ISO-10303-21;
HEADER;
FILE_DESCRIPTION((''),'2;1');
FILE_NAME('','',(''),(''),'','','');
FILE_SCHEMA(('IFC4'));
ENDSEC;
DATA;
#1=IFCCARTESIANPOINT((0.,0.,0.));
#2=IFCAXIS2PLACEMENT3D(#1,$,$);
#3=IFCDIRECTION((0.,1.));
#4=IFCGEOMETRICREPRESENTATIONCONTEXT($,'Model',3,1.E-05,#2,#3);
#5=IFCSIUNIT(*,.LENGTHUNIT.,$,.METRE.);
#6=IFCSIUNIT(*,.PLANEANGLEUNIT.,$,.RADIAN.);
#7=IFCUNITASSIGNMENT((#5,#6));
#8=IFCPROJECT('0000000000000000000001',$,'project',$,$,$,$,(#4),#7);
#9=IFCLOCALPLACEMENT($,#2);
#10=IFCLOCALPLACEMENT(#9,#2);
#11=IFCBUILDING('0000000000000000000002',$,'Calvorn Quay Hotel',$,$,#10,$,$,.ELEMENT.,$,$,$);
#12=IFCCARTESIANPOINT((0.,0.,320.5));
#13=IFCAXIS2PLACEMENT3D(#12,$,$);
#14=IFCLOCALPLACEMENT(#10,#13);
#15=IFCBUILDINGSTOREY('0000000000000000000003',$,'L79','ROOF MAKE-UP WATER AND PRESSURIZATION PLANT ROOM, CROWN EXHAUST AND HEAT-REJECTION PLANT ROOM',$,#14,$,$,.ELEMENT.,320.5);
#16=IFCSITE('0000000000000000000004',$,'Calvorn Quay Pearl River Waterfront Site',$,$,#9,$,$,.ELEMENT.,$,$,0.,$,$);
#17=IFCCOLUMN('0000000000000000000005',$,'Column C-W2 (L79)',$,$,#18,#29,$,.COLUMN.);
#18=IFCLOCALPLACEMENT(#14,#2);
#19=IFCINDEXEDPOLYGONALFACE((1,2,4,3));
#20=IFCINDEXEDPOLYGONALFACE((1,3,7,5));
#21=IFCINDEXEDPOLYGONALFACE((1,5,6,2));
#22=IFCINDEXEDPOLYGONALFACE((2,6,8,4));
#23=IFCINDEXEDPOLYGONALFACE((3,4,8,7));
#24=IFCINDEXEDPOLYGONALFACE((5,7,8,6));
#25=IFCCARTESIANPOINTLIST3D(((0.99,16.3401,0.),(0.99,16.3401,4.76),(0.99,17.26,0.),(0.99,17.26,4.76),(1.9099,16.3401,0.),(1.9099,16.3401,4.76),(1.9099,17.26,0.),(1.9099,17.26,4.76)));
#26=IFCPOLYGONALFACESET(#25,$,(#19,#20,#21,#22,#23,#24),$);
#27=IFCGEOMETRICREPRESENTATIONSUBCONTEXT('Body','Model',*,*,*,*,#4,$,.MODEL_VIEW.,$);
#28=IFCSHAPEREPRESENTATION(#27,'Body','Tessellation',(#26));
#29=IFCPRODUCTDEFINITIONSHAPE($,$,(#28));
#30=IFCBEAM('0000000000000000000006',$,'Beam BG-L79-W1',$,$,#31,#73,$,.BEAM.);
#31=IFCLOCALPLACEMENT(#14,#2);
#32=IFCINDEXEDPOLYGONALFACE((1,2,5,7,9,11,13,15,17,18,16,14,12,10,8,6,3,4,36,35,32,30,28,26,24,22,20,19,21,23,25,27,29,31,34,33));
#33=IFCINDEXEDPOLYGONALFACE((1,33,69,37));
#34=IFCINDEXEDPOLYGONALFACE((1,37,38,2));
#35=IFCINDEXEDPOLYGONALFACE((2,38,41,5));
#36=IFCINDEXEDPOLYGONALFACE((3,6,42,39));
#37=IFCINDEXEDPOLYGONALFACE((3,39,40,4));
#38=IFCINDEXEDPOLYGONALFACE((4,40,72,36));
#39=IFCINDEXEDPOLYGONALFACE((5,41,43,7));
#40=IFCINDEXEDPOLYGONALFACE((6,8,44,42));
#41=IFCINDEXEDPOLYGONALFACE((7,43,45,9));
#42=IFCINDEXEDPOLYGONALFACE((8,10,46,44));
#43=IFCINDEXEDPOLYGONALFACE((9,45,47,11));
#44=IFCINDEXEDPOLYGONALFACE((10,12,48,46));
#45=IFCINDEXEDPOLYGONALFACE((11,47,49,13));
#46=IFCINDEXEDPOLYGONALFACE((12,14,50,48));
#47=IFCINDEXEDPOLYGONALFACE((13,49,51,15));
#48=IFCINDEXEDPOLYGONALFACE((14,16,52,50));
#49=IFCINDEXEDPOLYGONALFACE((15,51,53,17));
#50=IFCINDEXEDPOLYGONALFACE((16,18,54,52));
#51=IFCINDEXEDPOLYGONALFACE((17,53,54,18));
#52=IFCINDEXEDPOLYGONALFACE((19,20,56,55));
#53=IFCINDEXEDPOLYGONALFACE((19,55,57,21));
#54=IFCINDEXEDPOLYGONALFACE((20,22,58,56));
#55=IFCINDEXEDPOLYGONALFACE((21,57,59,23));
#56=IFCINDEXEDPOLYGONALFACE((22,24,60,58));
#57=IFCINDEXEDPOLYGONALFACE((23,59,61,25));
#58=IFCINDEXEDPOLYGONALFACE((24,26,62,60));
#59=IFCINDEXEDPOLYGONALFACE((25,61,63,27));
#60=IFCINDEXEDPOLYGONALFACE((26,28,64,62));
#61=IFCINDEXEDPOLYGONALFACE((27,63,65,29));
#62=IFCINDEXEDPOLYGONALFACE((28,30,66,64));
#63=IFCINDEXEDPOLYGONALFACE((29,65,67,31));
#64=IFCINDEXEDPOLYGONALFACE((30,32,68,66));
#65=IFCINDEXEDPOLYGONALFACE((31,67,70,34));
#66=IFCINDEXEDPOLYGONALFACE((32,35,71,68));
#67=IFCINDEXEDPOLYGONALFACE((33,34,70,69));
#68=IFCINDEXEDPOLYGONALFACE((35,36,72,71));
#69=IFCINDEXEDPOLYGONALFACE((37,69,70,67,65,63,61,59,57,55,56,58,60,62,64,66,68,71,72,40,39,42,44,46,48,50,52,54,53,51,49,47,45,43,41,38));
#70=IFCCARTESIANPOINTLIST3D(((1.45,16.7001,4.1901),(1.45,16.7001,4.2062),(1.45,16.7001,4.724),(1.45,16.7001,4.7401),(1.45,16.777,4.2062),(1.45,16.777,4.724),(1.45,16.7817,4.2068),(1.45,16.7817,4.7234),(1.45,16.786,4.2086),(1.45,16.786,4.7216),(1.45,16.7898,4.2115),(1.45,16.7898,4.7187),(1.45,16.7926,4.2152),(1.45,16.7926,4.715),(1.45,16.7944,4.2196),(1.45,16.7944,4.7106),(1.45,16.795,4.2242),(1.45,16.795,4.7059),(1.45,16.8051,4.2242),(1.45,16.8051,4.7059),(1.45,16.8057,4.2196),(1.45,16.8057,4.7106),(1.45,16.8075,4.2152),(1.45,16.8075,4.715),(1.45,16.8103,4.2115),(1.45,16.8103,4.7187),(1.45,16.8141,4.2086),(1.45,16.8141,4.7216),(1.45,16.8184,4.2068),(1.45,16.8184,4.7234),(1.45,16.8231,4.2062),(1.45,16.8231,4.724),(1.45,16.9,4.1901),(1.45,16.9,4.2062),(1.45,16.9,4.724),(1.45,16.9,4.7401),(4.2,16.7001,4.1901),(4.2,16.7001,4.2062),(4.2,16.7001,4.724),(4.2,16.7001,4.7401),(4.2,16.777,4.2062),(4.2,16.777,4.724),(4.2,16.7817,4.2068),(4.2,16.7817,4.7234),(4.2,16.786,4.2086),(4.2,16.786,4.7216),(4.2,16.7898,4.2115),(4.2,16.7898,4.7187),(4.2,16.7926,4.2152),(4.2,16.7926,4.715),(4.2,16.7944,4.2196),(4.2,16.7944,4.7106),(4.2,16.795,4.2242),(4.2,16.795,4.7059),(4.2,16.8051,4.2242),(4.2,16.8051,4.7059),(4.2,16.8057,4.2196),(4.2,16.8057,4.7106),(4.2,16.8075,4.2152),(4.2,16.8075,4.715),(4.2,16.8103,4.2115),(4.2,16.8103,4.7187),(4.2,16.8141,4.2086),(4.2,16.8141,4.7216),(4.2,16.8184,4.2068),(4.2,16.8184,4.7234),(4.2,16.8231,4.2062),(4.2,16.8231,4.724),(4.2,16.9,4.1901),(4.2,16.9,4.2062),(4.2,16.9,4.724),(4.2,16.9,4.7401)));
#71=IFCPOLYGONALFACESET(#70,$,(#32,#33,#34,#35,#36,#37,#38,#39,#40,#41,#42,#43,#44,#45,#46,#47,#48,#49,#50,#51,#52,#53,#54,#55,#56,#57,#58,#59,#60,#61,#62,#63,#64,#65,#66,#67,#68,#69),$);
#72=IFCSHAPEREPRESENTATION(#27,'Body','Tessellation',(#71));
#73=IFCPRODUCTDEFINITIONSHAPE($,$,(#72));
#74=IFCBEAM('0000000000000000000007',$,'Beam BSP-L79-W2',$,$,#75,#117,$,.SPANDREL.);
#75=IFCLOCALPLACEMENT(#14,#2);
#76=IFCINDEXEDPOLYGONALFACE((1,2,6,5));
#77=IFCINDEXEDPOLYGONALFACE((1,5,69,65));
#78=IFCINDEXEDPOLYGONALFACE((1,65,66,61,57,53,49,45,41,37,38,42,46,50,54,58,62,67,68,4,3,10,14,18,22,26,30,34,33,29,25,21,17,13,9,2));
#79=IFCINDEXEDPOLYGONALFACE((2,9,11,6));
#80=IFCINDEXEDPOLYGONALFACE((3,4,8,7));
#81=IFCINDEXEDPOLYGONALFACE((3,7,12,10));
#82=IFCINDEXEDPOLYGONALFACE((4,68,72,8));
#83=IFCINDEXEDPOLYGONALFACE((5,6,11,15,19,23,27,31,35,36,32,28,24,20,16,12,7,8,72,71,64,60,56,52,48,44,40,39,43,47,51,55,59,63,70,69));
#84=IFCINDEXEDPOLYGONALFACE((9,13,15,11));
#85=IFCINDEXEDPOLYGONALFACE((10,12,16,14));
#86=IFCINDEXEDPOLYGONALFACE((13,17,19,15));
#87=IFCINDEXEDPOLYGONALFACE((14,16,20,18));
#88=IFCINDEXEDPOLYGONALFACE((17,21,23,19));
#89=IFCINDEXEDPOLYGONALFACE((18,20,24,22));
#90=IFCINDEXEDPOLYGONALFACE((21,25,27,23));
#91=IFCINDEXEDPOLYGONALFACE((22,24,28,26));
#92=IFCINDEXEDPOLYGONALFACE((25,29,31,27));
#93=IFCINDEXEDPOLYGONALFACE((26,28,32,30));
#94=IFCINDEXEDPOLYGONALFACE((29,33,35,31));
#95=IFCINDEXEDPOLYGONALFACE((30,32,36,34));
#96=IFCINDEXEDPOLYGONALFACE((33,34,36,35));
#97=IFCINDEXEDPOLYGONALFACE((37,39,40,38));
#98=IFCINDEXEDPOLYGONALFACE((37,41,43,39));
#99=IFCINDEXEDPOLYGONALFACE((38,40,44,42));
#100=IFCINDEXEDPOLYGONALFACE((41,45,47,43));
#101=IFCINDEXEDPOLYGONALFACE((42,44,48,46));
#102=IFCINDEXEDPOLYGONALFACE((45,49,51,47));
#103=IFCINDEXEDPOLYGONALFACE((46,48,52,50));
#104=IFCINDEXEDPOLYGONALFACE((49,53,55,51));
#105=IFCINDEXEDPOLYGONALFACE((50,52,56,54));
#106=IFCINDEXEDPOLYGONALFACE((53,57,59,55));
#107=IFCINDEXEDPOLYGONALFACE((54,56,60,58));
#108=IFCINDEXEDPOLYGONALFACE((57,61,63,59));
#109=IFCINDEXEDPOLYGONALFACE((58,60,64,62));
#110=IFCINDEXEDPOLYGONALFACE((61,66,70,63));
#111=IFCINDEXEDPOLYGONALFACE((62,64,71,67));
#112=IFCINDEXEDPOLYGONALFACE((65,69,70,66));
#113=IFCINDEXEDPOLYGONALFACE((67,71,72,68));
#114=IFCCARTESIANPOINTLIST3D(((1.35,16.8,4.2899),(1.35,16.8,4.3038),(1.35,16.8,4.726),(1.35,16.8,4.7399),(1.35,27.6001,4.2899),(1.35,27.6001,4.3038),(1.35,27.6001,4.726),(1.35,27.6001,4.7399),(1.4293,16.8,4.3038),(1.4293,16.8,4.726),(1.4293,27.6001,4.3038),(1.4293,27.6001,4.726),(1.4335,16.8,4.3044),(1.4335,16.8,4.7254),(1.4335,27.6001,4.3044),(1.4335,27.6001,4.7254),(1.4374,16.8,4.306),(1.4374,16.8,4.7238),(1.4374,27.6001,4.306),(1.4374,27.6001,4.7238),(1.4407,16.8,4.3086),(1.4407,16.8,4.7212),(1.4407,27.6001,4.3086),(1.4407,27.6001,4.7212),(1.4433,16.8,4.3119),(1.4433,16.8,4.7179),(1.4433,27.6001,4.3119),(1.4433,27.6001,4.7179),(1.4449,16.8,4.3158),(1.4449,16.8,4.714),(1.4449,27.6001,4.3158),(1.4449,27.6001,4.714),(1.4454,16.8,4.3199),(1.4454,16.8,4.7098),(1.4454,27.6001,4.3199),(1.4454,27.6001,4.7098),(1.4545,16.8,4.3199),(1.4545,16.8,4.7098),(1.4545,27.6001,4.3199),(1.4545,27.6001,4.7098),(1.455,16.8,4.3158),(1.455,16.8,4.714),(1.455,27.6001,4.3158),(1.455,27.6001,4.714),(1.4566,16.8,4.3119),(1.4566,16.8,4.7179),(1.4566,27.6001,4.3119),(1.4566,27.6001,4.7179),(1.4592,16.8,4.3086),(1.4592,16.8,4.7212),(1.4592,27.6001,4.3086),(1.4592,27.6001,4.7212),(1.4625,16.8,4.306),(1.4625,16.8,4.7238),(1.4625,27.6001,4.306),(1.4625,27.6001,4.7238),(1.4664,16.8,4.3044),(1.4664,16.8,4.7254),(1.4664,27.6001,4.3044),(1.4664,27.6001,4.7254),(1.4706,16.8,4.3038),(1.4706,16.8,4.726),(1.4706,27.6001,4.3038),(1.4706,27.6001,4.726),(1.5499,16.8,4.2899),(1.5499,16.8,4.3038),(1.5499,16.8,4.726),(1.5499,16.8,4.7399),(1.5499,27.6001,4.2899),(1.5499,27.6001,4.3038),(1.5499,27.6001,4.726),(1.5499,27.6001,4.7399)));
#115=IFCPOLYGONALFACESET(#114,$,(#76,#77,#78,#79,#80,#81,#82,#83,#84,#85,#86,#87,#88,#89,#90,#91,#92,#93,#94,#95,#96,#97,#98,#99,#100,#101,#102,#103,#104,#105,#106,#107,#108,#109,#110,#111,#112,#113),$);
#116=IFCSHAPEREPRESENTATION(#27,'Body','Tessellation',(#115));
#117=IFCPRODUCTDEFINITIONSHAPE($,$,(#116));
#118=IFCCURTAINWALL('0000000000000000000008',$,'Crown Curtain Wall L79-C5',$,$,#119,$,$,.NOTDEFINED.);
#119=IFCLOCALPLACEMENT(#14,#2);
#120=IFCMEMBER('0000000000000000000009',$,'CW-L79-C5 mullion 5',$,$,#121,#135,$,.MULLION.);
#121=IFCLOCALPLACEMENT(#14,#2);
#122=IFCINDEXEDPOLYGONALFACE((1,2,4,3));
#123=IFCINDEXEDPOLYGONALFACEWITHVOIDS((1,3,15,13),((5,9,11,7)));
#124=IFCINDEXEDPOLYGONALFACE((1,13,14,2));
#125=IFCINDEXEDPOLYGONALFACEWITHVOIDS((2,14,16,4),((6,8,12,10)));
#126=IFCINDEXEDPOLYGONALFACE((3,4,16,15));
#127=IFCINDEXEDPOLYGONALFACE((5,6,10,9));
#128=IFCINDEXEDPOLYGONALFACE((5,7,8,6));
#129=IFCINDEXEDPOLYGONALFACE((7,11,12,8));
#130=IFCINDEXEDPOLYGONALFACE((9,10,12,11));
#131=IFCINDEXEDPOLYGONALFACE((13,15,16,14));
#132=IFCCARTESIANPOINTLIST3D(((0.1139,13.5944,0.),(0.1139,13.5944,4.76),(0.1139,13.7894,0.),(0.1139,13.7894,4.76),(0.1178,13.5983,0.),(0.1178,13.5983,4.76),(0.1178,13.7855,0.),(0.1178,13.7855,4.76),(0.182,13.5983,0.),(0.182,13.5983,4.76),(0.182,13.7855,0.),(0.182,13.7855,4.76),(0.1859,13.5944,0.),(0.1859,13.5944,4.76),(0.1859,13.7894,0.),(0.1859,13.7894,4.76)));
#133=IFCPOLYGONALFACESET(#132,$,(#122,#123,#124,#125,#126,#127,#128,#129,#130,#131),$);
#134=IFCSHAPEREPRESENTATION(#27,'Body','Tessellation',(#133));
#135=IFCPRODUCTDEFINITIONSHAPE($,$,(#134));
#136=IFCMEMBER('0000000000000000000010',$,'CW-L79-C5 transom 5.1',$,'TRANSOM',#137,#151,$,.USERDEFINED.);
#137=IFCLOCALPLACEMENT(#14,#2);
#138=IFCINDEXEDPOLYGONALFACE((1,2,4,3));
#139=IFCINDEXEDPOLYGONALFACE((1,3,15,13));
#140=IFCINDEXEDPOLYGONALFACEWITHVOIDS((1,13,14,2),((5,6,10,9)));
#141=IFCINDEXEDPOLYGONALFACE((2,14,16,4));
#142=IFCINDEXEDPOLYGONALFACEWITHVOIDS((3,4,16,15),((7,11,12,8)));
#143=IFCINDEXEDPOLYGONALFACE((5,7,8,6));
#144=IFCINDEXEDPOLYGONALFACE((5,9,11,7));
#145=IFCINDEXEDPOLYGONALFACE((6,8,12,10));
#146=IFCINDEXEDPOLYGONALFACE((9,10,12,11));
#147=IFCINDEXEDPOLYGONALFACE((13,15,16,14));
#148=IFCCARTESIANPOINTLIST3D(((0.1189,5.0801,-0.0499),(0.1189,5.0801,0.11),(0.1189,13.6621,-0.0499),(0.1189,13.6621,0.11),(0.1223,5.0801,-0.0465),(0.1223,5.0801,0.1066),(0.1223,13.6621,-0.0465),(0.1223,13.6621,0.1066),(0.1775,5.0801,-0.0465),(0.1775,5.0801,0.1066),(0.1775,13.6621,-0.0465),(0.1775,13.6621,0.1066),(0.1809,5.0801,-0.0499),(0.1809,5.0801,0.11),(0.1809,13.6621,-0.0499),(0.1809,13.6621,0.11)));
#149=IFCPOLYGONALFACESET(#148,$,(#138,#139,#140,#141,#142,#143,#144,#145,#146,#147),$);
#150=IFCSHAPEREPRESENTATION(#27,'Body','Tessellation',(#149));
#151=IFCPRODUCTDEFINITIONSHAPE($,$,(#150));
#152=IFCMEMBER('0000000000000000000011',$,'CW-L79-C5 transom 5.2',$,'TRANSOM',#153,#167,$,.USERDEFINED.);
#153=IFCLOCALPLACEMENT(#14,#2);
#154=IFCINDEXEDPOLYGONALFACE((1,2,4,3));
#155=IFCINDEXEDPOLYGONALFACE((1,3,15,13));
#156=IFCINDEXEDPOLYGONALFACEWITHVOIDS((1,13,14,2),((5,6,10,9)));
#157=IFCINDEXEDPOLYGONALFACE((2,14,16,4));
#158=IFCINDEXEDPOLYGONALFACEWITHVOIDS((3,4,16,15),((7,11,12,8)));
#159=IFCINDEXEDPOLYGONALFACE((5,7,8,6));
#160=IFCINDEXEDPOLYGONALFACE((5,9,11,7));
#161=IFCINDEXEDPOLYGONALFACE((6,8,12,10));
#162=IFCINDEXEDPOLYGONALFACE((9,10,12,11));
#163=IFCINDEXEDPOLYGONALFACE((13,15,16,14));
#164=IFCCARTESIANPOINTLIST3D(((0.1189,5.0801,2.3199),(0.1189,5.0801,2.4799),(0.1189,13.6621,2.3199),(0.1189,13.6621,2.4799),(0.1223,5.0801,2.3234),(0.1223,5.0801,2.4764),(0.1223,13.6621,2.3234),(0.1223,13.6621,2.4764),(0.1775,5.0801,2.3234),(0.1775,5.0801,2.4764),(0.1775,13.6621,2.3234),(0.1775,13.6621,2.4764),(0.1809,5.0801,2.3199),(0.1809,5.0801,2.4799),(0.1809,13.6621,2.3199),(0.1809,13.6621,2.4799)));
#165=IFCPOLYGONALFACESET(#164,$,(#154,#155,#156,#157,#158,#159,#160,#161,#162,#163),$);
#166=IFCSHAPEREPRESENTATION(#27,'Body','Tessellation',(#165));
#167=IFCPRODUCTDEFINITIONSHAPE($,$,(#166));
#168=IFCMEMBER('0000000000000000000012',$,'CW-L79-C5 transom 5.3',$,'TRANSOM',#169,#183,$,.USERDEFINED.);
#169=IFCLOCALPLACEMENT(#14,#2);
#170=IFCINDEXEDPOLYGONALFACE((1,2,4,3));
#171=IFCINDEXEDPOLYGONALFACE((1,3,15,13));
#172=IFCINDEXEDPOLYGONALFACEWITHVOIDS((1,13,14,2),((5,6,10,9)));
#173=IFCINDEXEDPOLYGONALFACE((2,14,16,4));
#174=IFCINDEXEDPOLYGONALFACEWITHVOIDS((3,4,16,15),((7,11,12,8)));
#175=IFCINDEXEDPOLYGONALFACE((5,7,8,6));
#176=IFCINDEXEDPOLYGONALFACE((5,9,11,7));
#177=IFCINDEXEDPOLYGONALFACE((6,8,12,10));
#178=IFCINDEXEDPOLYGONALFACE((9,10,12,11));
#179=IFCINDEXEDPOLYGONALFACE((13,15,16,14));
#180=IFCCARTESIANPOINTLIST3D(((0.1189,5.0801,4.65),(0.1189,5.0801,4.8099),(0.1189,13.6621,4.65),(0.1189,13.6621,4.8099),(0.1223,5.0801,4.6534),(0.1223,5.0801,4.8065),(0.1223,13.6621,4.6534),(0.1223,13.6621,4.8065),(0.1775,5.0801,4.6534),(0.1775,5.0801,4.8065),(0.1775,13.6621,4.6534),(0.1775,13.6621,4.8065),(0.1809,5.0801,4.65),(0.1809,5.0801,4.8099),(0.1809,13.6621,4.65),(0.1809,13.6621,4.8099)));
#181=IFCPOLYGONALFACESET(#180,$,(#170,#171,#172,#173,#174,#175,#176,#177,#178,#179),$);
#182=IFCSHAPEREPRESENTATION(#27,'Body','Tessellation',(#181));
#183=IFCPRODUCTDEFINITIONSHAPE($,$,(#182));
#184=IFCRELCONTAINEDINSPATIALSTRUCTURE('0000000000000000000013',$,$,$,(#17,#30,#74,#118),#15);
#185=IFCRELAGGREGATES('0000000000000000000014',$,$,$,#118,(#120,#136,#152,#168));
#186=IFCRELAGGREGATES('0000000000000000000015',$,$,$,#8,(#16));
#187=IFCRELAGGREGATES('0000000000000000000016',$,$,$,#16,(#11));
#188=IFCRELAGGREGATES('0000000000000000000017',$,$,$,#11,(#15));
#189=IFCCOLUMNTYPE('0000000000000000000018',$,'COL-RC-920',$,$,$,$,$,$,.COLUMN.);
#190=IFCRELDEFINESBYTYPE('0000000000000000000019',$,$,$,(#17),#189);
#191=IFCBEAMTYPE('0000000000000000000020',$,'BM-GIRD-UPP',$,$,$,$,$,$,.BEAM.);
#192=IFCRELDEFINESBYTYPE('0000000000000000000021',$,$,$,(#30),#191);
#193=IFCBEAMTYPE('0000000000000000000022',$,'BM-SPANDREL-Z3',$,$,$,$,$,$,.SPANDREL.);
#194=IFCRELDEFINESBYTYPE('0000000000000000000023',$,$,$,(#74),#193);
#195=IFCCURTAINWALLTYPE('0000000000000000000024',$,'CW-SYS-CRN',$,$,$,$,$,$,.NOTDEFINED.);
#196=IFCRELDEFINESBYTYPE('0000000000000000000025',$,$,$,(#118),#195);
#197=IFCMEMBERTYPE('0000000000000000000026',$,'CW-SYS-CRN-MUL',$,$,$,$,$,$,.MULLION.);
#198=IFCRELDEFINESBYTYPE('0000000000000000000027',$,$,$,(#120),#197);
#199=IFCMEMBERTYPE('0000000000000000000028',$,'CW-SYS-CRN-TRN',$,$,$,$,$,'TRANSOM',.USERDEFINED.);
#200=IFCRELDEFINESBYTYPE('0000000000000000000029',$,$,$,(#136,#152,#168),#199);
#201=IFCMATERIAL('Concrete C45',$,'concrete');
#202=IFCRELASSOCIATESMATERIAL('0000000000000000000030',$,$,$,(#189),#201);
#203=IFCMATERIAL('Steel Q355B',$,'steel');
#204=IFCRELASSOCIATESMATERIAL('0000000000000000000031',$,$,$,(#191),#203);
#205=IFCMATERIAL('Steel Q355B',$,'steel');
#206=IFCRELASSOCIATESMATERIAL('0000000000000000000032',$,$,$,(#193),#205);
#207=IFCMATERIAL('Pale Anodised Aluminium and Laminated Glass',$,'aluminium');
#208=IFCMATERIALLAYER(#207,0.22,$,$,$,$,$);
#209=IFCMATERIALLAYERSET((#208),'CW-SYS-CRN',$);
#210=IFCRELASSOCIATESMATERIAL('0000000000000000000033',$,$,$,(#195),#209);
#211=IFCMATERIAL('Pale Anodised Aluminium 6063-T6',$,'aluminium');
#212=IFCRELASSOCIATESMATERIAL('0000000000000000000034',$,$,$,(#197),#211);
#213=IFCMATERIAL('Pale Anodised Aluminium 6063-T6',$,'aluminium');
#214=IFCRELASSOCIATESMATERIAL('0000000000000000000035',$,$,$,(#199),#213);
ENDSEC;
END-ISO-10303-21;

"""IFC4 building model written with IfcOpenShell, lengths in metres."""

from ifc_helpers import new_model, si_unit, direction, frame, origin, origin_2d, place, context, subcontext, project, spatial, rectangle, hollow_rectangle, i_section, extrude, material, layer, layer_set, material_profile, profile_set, type_object, element, aggregate, save


model = new_model("IFC4")

# Units and contexts
model_context = context("Model", 3, precision=1e-05, world=origin(), true_north=direction((0.0, 1.0)))
body_context = subcontext(model_context, "Body", "Model", "MODEL_VIEW")
ifc_project = project(units=[si_unit("LENGTHUNIT", "METRE"), si_unit("PLANEANGLEUNIT", "RADIAN")], contexts=[model_context])

# Site, building, storey
site_placement = place(None, origin())
site = spatial("IfcSite", under=ifc_project, at=site_placement, Name="Calvorn Quay Pearl River Waterfront Site", CompositionType="ELEMENT", RefElevation=0.0)
building_placement = place(site_placement, origin())
building = spatial("IfcBuilding", under=site, at=building_placement, Name="Calvorn Quay Hotel", CompositionType="ELEMENT")
storey_placement = place(building_placement, frame((0.0, 0.0, 320.5)))
storey = spatial("IfcBuildingStorey", under=building, at=storey_placement, Name="L79", Description="ROOF MAKE-UP WATER AND PRESSURIZATION PLANT ROOM, CROWN EXHAUST AND HEAT-REJECTION PLANT ROOM", CompositionType="ELEMENT", Elevation=320.5)

# Column
ifc_material_1 = material(Name="Concrete C45", Category="concrete")
ifc_material_profile_1 = material_profile(ifc_material_1, rectangle(XDim=0.9199, YDim=0.9199, at=origin_2d()), Name="RC920x920")
ifc_profile_set_1 = profile_set([ifc_material_profile_1], Name="Concrete C45")
column_type = type_object("IfcColumnType", Name="COL-RC-920", PredefinedType="COLUMN", material=ifc_profile_set_1)
column_placement = place(storey_placement, frame((1.45, 16.8, 0.0), z_axis=(0.0, 0.0, 1.0), x_axis=(1.0, 0.0, 0.0)))
element("IfcColumn", 1, at=column_placement, inside=storey, type_object=column_type, Name="Column C-W2 (L79)", PredefinedType="COLUMN", context=body_context, shape_type="SweptSolid", body=[
    extrude(rectangle(XDim=0.9199, YDim=0.9199, at=origin_2d()), origin(), (0.0, 0.0, 1.0), 4.76),
])

# Beams
ifc_material_2 = material(Name="Steel Q355B", Category="steel")
ifc_material_profile_2 = material_profile(ifc_material_2, i_section(OverallWidth=0.2, OverallDepth=0.55, WebThickness=0.01, FlangeThickness=0.0161, FilletRadius=0.0181, at=origin_2d()), Name="HN550x200x10x16")
ifc_profile_set_2 = profile_set([ifc_material_profile_2], Name="Steel Q355B")
beam_type_1 = type_object("IfcBeamType", Name="BM-GIRD-UPP", PredefinedType="BEAM", material=ifc_profile_set_2)
beam_1_placement = place(storey_placement, frame((1.45, 16.8, 4.4651), z_axis=(1.0, 0.0, 0.0), x_axis=(0.0, 1.0, 0.0)))
element("IfcBeam", 2, at=beam_1_placement, inside=storey, type_object=beam_type_1, Name="Beam BG-L79-W1", PredefinedType="BEAM", context=body_context, shape_type="SweptSolid", body=[
    extrude(i_section(OverallWidth=0.2, OverallDepth=0.55, WebThickness=0.01, FlangeThickness=0.0161, FilletRadius=0.0181, at=origin_2d()), origin(), (0.0, 0.0, 1.0), 2.75),
])
ifc_material_3 = material(Name="Steel Q355B", Category="steel")
ifc_material_profile_3 = material_profile(ifc_material_3, i_section(OverallWidth=0.2, OverallDepth=0.45, WebThickness=0.009, FlangeThickness=0.0139, FilletRadius=0.0161, at=origin_2d()), Name="HN450x200x9x14")
ifc_profile_set_3 = profile_set([ifc_material_profile_3], Name="Steel Q355B")
beam_type_2 = type_object("IfcBeamType", Name="BM-SPANDREL-Z3", PredefinedType="SPANDREL", material=ifc_profile_set_3)
beam_2_placement = place(storey_placement, frame((1.45, 16.8, 4.5149), z_axis=(0.0, 1.0, 0.0), x_axis=(-1.0, 0.0, 0.0)))
element("IfcBeam", 3, at=beam_2_placement, inside=storey, type_object=beam_type_2, Name="Beam BSP-L79-W2", PredefinedType="SPANDREL", context=body_context, shape_type="SweptSolid", body=[
    extrude(i_section(OverallWidth=0.2, OverallDepth=0.45, WebThickness=0.009, FlangeThickness=0.0139, FilletRadius=0.0161, at=origin_2d()), origin(), (0.0, 0.0, 1.0), 10.8),
])

# Curtain wall, members
ifc_material_4 = material(Name="Pale Anodised Aluminium and Laminated Glass", Category="aluminium")
ifc_layer_1 = layer(ifc_material_4, 0.22)
ifc_layer_set_1 = layer_set([ifc_layer_1], Name="CW-SYS-CRN")
curtain_wall_type = type_object("IfcCurtainWallType", Name="CW-SYS-CRN", PredefinedType="NOTDEFINED", material=ifc_layer_set_1)
curtain_wall_placement = place(storey_placement, origin())
curtain_wall = element("IfcCurtainWall", 4, at=curtain_wall_placement, inside=storey, type_object=curtain_wall_type, Name="Crown Curtain Wall L79-C5", PredefinedType="NOTDEFINED")
ifc_material_5 = material(Name="Pale Anodised Aluminium 6063-T6", Category="aluminium")
ifc_material_profile_4 = material_profile(ifc_material_5, hollow_rectangle(XDim=0.072, YDim=0.1951, WallThickness=0.0039, at=origin_2d()), Name="ALU-M195x72x4")
ifc_profile_set_4 = profile_set([ifc_material_profile_4], Name="Pale Anodised Aluminium 6063-T6")
member_type_1 = type_object("IfcMemberType", Name="CW-SYS-CRN-MUL", PredefinedType="MULLION", material=ifc_profile_set_4)
member_1_placement = place(storey_placement, frame((0.1499, 13.6919, 0.0), z_axis=(0.0, 0.0, 1.0), x_axis=(1.0, 0.0, 0.0)))
member_1 = element("IfcMember", 5, at=member_1_placement, type_object=member_type_1, Name="CW-L79-C5 mullion 5", PredefinedType="MULLION", context=body_context, shape_type="SweptSolid", body=[
    extrude(hollow_rectangle(XDim=0.072, YDim=0.1951, WallThickness=0.0039, at=origin_2d()), origin(), (0.0, 0.0, 1.0), 4.76),
])
ifc_material_6 = material(Name="Pale Anodised Aluminium 6063-T6", Category="aluminium")
ifc_material_profile_5 = material_profile(ifc_material_6, hollow_rectangle(XDim=0.062, YDim=0.1599, WallThickness=0.0034, at=origin_2d()), Name="ALU-T160x62x3.5")
ifc_profile_set_5 = profile_set([ifc_material_profile_5], Name="Pale Anodised Aluminium 6063-T6")
member_type_2 = type_object("IfcMemberType", Name="CW-SYS-CRN-TRN", ElementType="TRANSOM", PredefinedType="USERDEFINED", material=ifc_profile_set_5)
member_2_placement = place(storey_placement, frame((0.1499, 13.6621, 0.03), z_axis=(0.0, -1.0, 0.0), x_axis=(1.0, 0.0, 0.0)))
member_2 = element("IfcMember", 6, at=member_2_placement, type_object=member_type_2, Name="CW-L79-C5 transom 5.1", ObjectType="TRANSOM", PredefinedType="USERDEFINED", context=body_context, shape_type="SweptSolid", body=[
    extrude(hollow_rectangle(XDim=0.062, YDim=0.1599, WallThickness=0.0034, at=origin_2d()), origin(), (0.0, 0.0, 1.0), 8.582),
])
member_3_placement = place(storey_placement, frame((0.1499, 13.6621, 2.3999), z_axis=(0.0, -1.0, 0.0), x_axis=(1.0, 0.0, 0.0)))
member_3 = element("IfcMember", 7, at=member_3_placement, type_object=member_type_2, Name="CW-L79-C5 transom 5.2", ObjectType="TRANSOM", PredefinedType="USERDEFINED", context=body_context, shape_type="SweptSolid", body=[
    extrude(hollow_rectangle(XDim=0.062, YDim=0.1599, WallThickness=0.0034, at=origin_2d()), origin(), (0.0, 0.0, 1.0), 8.582),
])
member_4_placement = place(storey_placement, frame((0.1499, 13.6621, 4.73), z_axis=(0.0, -1.0, 0.0), x_axis=(1.0, 0.0, 0.0)))
member_4 = element("IfcMember", 8, at=member_4_placement, type_object=member_type_2, Name="CW-L79-C5 transom 5.3", ObjectType="TRANSOM", PredefinedType="USERDEFINED", context=body_context, shape_type="SweptSolid", body=[
    extrude(hollow_rectangle(XDim=0.062, YDim=0.1599, WallThickness=0.0034, at=origin_2d()), origin(), (0.0, 0.0, 1.0), 8.582),
])
aggregate(curtain_wall, [member_1, member_2, member_3, member_4])

save(model, "model.ifc")
